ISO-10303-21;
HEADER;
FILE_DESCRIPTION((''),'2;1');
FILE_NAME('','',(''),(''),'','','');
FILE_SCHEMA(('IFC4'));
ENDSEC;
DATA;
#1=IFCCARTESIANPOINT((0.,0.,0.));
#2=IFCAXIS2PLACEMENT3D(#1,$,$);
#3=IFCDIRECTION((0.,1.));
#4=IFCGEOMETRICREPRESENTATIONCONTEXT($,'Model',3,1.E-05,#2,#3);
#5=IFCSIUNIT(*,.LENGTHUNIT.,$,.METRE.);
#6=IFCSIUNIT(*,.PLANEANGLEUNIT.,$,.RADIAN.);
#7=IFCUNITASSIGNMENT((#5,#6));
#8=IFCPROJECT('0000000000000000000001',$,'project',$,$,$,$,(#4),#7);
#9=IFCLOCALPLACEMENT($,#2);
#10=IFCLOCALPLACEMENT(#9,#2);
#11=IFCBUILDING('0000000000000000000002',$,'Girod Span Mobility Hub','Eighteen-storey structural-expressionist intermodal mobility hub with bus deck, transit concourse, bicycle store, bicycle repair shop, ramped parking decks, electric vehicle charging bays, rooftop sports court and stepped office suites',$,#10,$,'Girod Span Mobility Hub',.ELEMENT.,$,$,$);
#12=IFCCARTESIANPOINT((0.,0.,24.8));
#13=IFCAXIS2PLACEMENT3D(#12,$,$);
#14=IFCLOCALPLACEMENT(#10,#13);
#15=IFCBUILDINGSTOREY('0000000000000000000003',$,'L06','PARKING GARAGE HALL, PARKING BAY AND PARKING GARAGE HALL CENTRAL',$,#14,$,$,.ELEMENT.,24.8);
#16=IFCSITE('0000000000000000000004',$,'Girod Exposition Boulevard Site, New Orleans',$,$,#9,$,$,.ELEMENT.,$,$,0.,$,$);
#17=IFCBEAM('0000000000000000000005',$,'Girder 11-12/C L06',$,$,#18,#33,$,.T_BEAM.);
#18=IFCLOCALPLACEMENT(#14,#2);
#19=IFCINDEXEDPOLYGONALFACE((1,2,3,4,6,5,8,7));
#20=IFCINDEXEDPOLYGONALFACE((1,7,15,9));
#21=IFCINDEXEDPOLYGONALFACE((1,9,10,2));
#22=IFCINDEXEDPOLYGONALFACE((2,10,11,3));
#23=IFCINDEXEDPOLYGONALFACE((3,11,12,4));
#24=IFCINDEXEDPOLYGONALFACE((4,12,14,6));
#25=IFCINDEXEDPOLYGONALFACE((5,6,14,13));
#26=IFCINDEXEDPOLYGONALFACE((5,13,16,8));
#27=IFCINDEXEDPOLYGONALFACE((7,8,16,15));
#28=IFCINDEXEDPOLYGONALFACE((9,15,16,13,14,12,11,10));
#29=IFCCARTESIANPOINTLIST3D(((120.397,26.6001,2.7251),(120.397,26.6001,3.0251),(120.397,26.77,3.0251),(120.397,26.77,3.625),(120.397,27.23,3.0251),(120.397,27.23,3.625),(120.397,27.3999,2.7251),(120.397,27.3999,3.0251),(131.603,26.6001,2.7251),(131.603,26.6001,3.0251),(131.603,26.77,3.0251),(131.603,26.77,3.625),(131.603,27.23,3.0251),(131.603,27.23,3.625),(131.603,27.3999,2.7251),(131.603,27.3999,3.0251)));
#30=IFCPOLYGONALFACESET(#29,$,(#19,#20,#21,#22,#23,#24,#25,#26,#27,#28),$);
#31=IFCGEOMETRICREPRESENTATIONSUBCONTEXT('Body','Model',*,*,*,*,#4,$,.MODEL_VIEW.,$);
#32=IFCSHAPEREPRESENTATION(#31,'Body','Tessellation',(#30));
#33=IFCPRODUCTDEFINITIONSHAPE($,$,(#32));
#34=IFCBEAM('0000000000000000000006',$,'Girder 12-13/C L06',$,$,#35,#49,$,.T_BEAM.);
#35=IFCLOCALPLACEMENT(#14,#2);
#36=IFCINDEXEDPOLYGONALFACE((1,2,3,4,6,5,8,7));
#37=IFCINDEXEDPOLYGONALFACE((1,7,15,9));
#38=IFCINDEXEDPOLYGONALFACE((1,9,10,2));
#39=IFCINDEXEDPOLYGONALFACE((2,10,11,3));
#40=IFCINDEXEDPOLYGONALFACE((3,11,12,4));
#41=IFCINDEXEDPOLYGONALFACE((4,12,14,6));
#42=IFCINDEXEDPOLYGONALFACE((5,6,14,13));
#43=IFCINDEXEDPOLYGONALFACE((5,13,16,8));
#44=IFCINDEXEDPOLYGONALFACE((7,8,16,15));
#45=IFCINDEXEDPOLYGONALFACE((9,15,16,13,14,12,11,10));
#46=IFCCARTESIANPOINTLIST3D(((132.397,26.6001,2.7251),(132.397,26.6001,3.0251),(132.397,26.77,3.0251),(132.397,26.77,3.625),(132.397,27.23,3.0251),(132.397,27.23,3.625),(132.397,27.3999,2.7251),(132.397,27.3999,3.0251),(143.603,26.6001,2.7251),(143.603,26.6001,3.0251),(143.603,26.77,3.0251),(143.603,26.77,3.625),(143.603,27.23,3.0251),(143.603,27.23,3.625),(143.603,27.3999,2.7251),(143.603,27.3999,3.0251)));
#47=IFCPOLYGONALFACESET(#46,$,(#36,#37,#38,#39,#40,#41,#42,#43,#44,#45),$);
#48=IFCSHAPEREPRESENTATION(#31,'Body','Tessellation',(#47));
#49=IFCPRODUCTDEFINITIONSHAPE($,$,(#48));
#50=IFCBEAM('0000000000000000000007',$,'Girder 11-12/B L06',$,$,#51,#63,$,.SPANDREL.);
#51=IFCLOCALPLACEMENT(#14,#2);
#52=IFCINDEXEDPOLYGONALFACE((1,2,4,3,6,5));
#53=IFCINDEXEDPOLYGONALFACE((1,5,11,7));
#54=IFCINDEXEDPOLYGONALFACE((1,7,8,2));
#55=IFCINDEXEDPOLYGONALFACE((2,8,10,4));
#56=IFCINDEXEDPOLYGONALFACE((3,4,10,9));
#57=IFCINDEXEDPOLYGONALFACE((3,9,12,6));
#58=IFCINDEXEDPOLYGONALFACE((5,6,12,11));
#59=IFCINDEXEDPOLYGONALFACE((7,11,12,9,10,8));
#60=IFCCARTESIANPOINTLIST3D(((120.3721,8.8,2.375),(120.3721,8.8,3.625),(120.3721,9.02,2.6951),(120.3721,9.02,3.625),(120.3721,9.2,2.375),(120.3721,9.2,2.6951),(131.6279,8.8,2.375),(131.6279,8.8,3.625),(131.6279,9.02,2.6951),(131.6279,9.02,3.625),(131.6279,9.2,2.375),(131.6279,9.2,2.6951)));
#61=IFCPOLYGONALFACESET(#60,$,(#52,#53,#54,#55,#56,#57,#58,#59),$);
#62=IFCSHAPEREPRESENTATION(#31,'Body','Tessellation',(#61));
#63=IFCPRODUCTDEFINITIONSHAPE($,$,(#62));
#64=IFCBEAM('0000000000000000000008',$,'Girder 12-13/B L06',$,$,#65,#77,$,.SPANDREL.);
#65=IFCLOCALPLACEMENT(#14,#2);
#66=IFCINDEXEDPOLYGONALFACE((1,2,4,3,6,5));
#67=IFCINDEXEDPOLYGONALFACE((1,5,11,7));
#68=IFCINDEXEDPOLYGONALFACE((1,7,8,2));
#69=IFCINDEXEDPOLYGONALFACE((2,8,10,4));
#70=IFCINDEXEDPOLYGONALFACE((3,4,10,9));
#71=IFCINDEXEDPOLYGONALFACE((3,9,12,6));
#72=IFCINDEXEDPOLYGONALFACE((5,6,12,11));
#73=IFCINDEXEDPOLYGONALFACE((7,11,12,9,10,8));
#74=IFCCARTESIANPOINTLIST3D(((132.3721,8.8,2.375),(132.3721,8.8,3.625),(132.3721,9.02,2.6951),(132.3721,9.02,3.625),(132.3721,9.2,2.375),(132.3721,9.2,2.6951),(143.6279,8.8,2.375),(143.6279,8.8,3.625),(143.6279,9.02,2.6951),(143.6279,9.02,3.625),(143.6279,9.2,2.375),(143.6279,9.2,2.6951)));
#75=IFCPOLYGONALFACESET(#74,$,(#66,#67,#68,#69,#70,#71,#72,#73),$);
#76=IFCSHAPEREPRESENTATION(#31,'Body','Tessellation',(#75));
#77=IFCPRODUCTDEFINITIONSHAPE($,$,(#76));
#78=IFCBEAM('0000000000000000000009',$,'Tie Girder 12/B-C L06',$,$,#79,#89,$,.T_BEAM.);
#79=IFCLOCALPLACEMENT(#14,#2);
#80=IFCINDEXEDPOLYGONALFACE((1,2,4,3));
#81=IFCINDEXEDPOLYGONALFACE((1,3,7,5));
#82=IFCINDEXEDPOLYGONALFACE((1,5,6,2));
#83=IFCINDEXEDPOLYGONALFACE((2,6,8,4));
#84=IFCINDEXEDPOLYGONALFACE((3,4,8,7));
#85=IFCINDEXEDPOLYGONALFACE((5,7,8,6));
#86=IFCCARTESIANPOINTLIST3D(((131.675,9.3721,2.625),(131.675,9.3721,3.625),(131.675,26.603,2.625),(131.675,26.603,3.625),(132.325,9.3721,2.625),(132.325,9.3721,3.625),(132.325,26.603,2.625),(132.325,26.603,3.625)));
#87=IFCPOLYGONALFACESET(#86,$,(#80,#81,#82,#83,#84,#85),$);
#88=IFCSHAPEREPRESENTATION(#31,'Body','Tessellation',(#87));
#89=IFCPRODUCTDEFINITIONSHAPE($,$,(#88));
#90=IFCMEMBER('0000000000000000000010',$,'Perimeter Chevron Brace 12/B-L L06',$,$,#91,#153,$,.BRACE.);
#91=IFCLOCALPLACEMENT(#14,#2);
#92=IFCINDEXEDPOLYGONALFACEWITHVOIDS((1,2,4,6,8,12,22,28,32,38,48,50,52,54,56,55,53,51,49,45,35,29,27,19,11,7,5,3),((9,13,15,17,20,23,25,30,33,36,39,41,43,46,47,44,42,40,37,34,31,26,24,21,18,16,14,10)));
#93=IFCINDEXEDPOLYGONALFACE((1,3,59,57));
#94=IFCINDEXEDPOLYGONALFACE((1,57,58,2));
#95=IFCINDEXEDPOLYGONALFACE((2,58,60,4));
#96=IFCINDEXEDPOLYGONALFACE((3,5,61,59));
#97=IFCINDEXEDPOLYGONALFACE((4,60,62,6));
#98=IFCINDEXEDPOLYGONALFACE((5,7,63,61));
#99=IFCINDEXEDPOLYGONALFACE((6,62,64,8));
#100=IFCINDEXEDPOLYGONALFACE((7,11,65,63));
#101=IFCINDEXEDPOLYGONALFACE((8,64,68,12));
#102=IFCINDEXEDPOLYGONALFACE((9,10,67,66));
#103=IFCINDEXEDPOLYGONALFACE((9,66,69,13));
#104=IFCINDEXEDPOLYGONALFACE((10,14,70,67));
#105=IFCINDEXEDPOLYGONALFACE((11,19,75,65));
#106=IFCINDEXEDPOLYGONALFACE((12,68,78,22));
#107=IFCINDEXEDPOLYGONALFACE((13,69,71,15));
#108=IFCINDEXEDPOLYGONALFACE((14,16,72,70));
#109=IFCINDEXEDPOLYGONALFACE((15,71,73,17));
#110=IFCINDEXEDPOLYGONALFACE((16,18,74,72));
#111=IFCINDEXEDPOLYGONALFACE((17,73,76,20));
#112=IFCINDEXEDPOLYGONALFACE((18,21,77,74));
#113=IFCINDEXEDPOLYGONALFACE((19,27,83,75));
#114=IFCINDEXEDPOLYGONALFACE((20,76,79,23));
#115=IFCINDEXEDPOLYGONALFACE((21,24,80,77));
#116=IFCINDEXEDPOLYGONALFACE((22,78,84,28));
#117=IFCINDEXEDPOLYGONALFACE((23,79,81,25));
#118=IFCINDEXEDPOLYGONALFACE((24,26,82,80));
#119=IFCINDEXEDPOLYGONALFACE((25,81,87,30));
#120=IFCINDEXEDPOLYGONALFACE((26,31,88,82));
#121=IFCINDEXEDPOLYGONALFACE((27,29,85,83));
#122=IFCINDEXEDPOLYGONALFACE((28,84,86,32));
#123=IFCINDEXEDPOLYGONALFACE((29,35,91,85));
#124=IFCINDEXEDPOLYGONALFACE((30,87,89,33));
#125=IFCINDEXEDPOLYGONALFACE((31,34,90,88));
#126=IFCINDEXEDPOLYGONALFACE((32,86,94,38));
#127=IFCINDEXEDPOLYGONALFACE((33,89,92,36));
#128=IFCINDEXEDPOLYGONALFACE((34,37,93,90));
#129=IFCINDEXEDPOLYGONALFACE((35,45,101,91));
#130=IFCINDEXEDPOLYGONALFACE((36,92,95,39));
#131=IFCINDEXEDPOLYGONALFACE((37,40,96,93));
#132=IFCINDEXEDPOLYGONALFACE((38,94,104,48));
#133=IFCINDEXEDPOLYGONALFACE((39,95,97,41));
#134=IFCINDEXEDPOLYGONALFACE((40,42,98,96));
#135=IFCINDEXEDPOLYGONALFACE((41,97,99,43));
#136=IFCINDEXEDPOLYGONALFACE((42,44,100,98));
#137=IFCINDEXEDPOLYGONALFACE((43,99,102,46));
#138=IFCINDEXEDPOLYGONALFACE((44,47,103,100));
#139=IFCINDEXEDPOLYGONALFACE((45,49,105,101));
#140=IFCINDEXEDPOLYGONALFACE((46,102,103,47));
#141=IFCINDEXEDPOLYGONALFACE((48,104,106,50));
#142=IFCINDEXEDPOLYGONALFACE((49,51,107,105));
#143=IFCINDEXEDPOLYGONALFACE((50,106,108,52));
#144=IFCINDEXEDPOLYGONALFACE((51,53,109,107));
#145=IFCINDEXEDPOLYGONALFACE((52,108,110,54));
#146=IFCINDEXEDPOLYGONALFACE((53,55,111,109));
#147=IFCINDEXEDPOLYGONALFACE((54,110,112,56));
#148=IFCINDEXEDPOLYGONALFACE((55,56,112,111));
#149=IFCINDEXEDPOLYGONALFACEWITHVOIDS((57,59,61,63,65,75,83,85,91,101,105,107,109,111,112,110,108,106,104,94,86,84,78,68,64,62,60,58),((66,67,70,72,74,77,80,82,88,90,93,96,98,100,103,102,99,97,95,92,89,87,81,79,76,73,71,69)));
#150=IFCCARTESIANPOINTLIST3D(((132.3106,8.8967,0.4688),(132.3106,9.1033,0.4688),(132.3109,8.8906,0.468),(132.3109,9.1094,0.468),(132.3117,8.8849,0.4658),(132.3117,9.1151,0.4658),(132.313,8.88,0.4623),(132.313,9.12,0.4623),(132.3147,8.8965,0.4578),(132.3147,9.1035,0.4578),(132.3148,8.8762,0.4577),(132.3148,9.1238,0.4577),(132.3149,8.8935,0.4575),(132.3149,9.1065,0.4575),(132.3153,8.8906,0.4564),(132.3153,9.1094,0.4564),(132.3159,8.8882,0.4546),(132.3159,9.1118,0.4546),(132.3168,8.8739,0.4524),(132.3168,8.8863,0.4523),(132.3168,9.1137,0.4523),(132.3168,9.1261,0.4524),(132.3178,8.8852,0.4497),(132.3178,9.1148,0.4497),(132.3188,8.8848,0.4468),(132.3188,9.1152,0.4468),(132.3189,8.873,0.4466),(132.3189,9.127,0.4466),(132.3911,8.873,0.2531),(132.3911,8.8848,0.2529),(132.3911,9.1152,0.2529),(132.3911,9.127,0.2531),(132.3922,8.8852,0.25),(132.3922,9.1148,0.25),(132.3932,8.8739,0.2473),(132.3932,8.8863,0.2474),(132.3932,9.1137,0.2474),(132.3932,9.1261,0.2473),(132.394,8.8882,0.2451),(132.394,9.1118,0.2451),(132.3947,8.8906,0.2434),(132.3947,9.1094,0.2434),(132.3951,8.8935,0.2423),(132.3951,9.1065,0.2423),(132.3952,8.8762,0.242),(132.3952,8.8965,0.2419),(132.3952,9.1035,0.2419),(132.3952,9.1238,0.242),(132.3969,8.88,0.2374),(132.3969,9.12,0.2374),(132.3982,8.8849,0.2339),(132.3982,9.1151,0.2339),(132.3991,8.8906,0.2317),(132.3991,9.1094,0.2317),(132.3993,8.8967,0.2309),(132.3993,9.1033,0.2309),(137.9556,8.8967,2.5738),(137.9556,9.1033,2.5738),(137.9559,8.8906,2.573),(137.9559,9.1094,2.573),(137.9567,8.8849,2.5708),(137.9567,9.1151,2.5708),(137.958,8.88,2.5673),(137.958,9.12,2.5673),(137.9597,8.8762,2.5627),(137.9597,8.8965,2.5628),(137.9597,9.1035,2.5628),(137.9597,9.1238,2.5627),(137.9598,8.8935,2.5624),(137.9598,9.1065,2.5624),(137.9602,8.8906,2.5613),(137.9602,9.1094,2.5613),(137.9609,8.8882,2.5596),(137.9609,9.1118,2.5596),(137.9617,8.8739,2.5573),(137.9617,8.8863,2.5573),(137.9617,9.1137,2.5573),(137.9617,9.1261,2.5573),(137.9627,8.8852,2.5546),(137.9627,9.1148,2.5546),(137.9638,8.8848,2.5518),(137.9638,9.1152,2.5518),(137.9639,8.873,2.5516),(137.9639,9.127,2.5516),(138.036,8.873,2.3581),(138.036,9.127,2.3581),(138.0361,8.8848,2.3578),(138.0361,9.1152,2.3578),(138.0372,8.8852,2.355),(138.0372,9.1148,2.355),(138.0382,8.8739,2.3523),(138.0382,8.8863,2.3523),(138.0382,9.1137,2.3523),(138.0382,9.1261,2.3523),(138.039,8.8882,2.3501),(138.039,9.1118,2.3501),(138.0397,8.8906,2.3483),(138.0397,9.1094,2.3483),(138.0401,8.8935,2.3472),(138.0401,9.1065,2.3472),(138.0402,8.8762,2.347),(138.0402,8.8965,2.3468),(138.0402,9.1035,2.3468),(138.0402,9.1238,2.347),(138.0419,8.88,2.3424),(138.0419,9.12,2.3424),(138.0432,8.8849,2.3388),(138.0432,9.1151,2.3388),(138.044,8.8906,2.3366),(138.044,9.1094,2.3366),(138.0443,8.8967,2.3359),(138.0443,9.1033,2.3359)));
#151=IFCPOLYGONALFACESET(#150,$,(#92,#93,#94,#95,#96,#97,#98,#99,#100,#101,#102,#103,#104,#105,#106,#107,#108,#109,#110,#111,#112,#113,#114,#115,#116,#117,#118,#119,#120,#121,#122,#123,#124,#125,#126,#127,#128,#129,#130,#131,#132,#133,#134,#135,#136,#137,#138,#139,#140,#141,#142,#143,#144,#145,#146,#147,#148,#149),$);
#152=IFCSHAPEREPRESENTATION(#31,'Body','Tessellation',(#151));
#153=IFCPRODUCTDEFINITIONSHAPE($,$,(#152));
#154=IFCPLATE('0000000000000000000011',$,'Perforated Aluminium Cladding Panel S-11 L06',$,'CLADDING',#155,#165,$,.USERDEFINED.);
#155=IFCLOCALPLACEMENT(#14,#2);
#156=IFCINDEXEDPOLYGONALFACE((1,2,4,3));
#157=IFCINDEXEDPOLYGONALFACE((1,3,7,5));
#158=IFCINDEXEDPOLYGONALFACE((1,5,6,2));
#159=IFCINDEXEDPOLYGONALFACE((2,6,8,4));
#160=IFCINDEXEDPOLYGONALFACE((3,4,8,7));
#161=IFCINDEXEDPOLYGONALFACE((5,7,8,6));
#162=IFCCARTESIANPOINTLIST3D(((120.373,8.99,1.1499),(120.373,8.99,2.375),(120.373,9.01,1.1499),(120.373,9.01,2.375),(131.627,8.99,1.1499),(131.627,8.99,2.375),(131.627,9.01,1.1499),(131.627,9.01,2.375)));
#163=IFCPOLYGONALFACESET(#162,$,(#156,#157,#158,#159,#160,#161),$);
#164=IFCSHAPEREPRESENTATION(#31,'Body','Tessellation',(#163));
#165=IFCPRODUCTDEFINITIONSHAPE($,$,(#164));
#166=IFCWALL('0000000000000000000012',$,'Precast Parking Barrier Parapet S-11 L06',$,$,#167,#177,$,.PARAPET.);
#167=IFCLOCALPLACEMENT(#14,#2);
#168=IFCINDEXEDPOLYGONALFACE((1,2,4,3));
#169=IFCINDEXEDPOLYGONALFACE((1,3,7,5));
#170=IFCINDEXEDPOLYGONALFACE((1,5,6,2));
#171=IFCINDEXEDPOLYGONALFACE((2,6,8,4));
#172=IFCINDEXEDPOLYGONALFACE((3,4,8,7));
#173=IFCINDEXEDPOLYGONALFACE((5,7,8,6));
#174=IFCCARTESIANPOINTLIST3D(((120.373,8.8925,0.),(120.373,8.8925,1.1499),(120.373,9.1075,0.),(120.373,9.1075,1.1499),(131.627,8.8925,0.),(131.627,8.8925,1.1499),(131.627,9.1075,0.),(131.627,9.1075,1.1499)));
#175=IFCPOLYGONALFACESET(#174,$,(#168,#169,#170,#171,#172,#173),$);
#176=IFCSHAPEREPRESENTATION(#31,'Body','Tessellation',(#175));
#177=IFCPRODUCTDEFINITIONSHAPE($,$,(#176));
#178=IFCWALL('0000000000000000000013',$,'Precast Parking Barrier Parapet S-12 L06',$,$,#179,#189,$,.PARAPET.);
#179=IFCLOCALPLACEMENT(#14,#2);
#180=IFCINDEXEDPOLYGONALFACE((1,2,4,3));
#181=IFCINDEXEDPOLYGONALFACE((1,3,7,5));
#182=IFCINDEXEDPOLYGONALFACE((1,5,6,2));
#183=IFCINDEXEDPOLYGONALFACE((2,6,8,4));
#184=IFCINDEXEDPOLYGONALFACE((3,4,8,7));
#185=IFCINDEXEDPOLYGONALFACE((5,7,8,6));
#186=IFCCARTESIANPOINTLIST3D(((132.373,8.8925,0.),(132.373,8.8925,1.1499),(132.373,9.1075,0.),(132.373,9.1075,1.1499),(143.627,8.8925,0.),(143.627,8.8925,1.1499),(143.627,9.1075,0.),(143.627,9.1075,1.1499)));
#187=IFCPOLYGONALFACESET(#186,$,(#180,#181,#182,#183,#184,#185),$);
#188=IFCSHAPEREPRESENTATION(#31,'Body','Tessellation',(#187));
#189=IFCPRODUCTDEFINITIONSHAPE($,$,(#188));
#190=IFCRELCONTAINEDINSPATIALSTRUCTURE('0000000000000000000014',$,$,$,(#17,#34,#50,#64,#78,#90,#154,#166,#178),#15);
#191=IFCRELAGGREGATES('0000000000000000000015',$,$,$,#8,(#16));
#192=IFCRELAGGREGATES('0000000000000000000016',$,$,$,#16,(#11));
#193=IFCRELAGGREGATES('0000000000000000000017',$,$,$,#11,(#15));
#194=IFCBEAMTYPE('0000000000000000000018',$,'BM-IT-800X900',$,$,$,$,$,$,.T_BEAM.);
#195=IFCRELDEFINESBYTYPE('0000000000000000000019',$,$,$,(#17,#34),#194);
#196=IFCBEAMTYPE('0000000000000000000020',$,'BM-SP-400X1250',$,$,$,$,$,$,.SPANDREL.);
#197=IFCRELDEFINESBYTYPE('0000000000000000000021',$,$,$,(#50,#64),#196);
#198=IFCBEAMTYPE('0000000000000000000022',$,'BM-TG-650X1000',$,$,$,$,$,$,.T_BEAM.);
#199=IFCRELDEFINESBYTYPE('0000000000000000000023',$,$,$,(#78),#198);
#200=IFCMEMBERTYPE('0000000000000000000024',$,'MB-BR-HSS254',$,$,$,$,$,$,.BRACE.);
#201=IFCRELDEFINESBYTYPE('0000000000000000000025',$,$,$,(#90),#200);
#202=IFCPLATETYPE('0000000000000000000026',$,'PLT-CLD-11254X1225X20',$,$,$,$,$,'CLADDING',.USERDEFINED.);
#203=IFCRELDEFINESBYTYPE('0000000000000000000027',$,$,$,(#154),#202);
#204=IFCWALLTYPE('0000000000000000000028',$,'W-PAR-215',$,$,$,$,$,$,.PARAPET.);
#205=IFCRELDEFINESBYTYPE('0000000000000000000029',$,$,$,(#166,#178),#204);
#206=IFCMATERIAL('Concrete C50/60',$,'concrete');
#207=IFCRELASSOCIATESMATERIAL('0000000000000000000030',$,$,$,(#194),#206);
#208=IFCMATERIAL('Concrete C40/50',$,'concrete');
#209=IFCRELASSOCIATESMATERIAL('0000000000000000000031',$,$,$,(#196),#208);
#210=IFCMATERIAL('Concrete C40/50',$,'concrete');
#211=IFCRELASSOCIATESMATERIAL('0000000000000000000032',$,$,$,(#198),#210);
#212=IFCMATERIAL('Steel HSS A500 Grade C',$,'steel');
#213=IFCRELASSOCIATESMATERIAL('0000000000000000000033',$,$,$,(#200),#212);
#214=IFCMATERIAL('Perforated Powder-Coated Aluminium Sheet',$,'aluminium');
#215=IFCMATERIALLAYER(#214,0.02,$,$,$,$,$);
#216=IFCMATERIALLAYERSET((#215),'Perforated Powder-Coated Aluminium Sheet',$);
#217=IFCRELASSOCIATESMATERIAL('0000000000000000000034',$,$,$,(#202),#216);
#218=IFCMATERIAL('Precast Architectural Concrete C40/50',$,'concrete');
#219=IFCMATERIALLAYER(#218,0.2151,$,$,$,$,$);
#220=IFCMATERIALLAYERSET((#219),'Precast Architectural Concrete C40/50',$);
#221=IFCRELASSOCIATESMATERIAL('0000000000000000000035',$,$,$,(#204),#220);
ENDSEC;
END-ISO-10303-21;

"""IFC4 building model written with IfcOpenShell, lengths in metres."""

from ifc_helpers import new_model, si_unit, direction, frame, frame_2d, origin, origin_2d, place, context, subcontext, project, spatial, polyline, rectangle, hollow_rectangle, outline, extrude, material, layer, layer_set, material_profile, profile_set, type_object, element, save


model = new_model("IFC4")

# Units and contexts
model_context = context("Model", 3, precision=1e-05, world=origin(), true_north=direction((0.0, 1.0)))
body_context = subcontext(model_context, "Body", "Model", "MODEL_VIEW")
ifc_project = project(units=[si_unit("LENGTHUNIT", "METRE"), si_unit("PLANEANGLEUNIT", "RADIAN")], contexts=[model_context])

# Site, building, storey
site_placement = place(None, origin())
site = spatial("IfcSite", under=ifc_project, at=site_placement, Name="Girod Exposition Boulevard Site, New Orleans", CompositionType="ELEMENT", RefElevation=0.0)
building_placement = place(site_placement, origin())
building = spatial("IfcBuilding", under=site, at=building_placement, Name="Girod Span Mobility Hub", Description="Eighteen-storey structural-expressionist intermodal mobility hub with bus deck, transit concourse, bicycle store, bicycle repair shop, ramped parking decks, electric vehicle charging bays, rooftop sports court and stepped office suites", LongName="Girod Span Mobility Hub", CompositionType="ELEMENT")
storey_placement = place(building_placement, frame((0.0, 0.0, 24.8)))
storey = spatial("IfcBuildingStorey", under=building, at=storey_placement, Name="L06", Description="PARKING GARAGE HALL, PARKING BAY AND PARKING GARAGE HALL CENTRAL", CompositionType="ELEMENT", Elevation=24.8)

# Beams
ifc_material_1 = material(Name="Concrete C50/60", Category="concrete")
ifc_material_profile_1 = material_profile(ifc_material_1, outline(polyline([(-0.3999, -0.45), (0.3999, -0.45), (0.3999, -0.1499), (0.23, -0.1499), (0.23, 0.45), (-0.23, 0.45), (-0.23, -0.1499), (-0.3999, -0.1499), (-0.3999, -0.45)])), Name="IT-800X900")
ifc_profile_set_1 = profile_set([ifc_material_profile_1], Name="Concrete C50/60")
beam_type_1 = type_object("IfcBeamType", Name="BM-IT-800X900", PredefinedType="T_BEAM", material=ifc_profile_set_1)
for number, where, z_axis, x_axis, name in (
    (1, (120.397, 27.0, 3.175), (1.0, 0.0, 0.0), (0.0, 1.0, 0.0), "Girder 11-12/C L06"),
    (2, (132.397, 27.0, 3.175), (1.0, 0.0, 0.0), (0.0, 1.0, 0.0), "Girder 12-13/C L06"),
):
    element("IfcBeam", number, at=place(storey_placement, frame(where, z_axis=z_axis, x_axis=x_axis)), inside=storey, type_object=beam_type_1, Name=name, PredefinedType="T_BEAM", context=body_context, shape_type="SweptSolid", body=[
        extrude(outline(polyline([(-0.3999, -0.45), (0.3999, -0.45), (0.3999, -0.1499), (0.23, -0.1499), (0.23, 0.45), (-0.23, 0.45), (-0.23, -0.1499), (-0.3999, -0.1499), (-0.3999, -0.45)])), origin(), (0.0, 0.0, 1.0), 11.2061),
    ])
ifc_material_2 = material(Name="Concrete C40/50", Category="concrete")
ifc_material_profile_2 = material_profile(ifc_material_2, outline(polyline([(-0.2, -0.625), (0.2, -0.625), (0.2, -0.3049), (0.02, -0.3049), (0.02, 0.625), (-0.2, 0.625), (-0.2, -0.625)])), Name="SP-400X1250")
ifc_profile_set_2 = profile_set([ifc_material_profile_2], Name="Concrete C40/50")
beam_type_2 = type_object("IfcBeamType", Name="BM-SP-400X1250", PredefinedType="SPANDREL", material=ifc_profile_set_2)
for number, where, z_axis, x_axis, name in (
    (3, (120.3721, 9.0, 3.0), (1.0, 0.0, 0.0), (0.0, 1.0, 0.0), "Girder 11-12/B L06"),
    (4, (132.3721, 9.0, 3.0), (1.0, 0.0, 0.0), (0.0, 1.0, 0.0), "Girder 12-13/B L06"),
):
    element("IfcBeam", number, at=place(storey_placement, frame(where, z_axis=z_axis, x_axis=x_axis)), inside=storey, type_object=beam_type_2, Name=name, PredefinedType="SPANDREL", context=body_context, shape_type="SweptSolid", body=[
        extrude(outline(polyline([(-0.2, -0.625), (0.2, -0.625), (0.2, -0.3049), (0.02, -0.3049), (0.02, 0.625), (-0.2, 0.625), (-0.2, -0.625)])), origin(), (0.0, 0.0, 1.0), 11.2559),
    ])
ifc_material_3 = material(Name="Concrete C40/50", Category="concrete")
ifc_material_profile_3 = material_profile(ifc_material_3, rectangle(XDim=0.6499, YDim=1.0, at=origin_2d()), Name="TG-650X1000")
ifc_profile_set_3 = profile_set([ifc_material_profile_3], Name="Concrete C40/50")
beam_type_3 = type_object("IfcBeamType", Name="BM-TG-650X1000", PredefinedType="T_BEAM", material=ifc_profile_set_3)
beam_1_placement = place(storey_placement, frame((132.0, 9.3721, 3.125), z_axis=(0.0, 1.0, 0.0), x_axis=(-1.0, 0.0, 0.0)))
element("IfcBeam", 5, at=beam_1_placement, inside=storey, type_object=beam_type_3, Name="Tie Girder 12/B-C L06", PredefinedType="T_BEAM", context=body_context, shape_type="SweptSolid", body=[
    extrude(rectangle(XDim=0.6499, YDim=1.0, at=origin_2d()), origin(), (0.0, 0.0, 1.0), 17.231),
])

# Member
ifc_material_4 = material(Name="Steel HSS A500 Grade C", Category="steel")
ifc_material_profile_4 = material_profile(ifc_material_4, hollow_rectangle(XDim=0.2539, YDim=0.2539, WallThickness=0.0117, InnerFilletRadius=0.0117, OuterFilletRadius=0.0237, at=origin_2d()), Name="HSS254X254X12.7")
ifc_profile_set_4 = profile_set([ifc_material_profile_4], Name="Steel HSS A500 Grade C")
member_type = type_object("IfcMemberType", Name="MB-BR-HSS254", PredefinedType="BRACE", material=ifc_profile_set_4)
member_placement = place(storey_placement, frame((132.355, 9.0, 0.3499), z_axis=(0.936977, 0.0, 0.349391), x_axis=(0.0, 1.0, 0.0)))
element("IfcMember", 6, at=member_placement, inside=storey, type_object=member_type, Name="Perimeter Chevron Brace 12/B-L L06", PredefinedType="BRACE", context=body_context, shape_type="SweptSolid", body=[
    extrude(hollow_rectangle(XDim=0.2539, YDim=0.2539, WallThickness=0.0117, InnerFilletRadius=0.0117, OuterFilletRadius=0.0237, at=origin_2d()), origin(), (0.0, 0.0, 1.0), 6.0247),
])

# Plate
ifc_material_5 = material(Name="Perforated Powder-Coated Aluminium Sheet", Category="aluminium")
ifc_layer_1 = layer(ifc_material_5, 0.02)
ifc_layer_set_1 = layer_set([ifc_layer_1], Name="Perforated Powder-Coated Aluminium Sheet")
plate_type = type_object("IfcPlateType", Name="PLT-CLD-11254X1225X20", ElementType="CLADDING", PredefinedType="USERDEFINED", material=ifc_layer_set_1)
plate_placement = place(storey_placement, frame((126.0, 9.0, 1.1499), z_axis=(0.0, 0.0, 1.0), x_axis=(1.0, 0.0, 0.0)))
element("IfcPlate", 7, at=plate_placement, inside=storey, type_object=plate_type, Name="Perforated Aluminium Cladding Panel S-11 L06", ObjectType="CLADDING", PredefinedType="USERDEFINED", context=body_context, shape_type="SweptSolid", body=[
    extrude(rectangle(XDim=11.2539, YDim=0.02, at=origin_2d()), origin(), (0.0, 0.0, 1.0), 1.2251),
])

# Walls
ifc_material_6 = material(Name="Precast Architectural Concrete C40/50", Category="concrete")
ifc_layer_2 = layer(ifc_material_6, 0.2151)
ifc_layer_set_2 = layer_set([ifc_layer_2], Name="Precast Architectural Concrete C40/50")
wall_type = type_object("IfcWallType", Name="W-PAR-215", PredefinedType="PARAPET", material=ifc_layer_set_2)
for number, where, z_axis, x_axis, name in (
    (8, (120.373, 9.0, 0.0), (0.0, 0.0, 1.0), (1.0, 0.0, 0.0), "Precast Parking Barrier Parapet S-11 L06"),
    (9, (132.373, 9.0, 0.0), (0.0, 0.0, 1.0), (1.0, 0.0, 0.0), "Precast Parking Barrier Parapet S-12 L06"),
):
    element("IfcWall", number, at=place(storey_placement, frame(where, z_axis=z_axis, x_axis=x_axis)), inside=storey, type_object=wall_type, Name=name, PredefinedType="PARAPET", context=body_context, shape_type="SweptSolid", body=[
        extrude(rectangle(XDim=11.2539, YDim=0.2151, at=frame_2d((5.627, 0.0))), origin(), (0.0, 0.0, 1.0), 1.1499),
    ])

save(model, "model.ifc")
